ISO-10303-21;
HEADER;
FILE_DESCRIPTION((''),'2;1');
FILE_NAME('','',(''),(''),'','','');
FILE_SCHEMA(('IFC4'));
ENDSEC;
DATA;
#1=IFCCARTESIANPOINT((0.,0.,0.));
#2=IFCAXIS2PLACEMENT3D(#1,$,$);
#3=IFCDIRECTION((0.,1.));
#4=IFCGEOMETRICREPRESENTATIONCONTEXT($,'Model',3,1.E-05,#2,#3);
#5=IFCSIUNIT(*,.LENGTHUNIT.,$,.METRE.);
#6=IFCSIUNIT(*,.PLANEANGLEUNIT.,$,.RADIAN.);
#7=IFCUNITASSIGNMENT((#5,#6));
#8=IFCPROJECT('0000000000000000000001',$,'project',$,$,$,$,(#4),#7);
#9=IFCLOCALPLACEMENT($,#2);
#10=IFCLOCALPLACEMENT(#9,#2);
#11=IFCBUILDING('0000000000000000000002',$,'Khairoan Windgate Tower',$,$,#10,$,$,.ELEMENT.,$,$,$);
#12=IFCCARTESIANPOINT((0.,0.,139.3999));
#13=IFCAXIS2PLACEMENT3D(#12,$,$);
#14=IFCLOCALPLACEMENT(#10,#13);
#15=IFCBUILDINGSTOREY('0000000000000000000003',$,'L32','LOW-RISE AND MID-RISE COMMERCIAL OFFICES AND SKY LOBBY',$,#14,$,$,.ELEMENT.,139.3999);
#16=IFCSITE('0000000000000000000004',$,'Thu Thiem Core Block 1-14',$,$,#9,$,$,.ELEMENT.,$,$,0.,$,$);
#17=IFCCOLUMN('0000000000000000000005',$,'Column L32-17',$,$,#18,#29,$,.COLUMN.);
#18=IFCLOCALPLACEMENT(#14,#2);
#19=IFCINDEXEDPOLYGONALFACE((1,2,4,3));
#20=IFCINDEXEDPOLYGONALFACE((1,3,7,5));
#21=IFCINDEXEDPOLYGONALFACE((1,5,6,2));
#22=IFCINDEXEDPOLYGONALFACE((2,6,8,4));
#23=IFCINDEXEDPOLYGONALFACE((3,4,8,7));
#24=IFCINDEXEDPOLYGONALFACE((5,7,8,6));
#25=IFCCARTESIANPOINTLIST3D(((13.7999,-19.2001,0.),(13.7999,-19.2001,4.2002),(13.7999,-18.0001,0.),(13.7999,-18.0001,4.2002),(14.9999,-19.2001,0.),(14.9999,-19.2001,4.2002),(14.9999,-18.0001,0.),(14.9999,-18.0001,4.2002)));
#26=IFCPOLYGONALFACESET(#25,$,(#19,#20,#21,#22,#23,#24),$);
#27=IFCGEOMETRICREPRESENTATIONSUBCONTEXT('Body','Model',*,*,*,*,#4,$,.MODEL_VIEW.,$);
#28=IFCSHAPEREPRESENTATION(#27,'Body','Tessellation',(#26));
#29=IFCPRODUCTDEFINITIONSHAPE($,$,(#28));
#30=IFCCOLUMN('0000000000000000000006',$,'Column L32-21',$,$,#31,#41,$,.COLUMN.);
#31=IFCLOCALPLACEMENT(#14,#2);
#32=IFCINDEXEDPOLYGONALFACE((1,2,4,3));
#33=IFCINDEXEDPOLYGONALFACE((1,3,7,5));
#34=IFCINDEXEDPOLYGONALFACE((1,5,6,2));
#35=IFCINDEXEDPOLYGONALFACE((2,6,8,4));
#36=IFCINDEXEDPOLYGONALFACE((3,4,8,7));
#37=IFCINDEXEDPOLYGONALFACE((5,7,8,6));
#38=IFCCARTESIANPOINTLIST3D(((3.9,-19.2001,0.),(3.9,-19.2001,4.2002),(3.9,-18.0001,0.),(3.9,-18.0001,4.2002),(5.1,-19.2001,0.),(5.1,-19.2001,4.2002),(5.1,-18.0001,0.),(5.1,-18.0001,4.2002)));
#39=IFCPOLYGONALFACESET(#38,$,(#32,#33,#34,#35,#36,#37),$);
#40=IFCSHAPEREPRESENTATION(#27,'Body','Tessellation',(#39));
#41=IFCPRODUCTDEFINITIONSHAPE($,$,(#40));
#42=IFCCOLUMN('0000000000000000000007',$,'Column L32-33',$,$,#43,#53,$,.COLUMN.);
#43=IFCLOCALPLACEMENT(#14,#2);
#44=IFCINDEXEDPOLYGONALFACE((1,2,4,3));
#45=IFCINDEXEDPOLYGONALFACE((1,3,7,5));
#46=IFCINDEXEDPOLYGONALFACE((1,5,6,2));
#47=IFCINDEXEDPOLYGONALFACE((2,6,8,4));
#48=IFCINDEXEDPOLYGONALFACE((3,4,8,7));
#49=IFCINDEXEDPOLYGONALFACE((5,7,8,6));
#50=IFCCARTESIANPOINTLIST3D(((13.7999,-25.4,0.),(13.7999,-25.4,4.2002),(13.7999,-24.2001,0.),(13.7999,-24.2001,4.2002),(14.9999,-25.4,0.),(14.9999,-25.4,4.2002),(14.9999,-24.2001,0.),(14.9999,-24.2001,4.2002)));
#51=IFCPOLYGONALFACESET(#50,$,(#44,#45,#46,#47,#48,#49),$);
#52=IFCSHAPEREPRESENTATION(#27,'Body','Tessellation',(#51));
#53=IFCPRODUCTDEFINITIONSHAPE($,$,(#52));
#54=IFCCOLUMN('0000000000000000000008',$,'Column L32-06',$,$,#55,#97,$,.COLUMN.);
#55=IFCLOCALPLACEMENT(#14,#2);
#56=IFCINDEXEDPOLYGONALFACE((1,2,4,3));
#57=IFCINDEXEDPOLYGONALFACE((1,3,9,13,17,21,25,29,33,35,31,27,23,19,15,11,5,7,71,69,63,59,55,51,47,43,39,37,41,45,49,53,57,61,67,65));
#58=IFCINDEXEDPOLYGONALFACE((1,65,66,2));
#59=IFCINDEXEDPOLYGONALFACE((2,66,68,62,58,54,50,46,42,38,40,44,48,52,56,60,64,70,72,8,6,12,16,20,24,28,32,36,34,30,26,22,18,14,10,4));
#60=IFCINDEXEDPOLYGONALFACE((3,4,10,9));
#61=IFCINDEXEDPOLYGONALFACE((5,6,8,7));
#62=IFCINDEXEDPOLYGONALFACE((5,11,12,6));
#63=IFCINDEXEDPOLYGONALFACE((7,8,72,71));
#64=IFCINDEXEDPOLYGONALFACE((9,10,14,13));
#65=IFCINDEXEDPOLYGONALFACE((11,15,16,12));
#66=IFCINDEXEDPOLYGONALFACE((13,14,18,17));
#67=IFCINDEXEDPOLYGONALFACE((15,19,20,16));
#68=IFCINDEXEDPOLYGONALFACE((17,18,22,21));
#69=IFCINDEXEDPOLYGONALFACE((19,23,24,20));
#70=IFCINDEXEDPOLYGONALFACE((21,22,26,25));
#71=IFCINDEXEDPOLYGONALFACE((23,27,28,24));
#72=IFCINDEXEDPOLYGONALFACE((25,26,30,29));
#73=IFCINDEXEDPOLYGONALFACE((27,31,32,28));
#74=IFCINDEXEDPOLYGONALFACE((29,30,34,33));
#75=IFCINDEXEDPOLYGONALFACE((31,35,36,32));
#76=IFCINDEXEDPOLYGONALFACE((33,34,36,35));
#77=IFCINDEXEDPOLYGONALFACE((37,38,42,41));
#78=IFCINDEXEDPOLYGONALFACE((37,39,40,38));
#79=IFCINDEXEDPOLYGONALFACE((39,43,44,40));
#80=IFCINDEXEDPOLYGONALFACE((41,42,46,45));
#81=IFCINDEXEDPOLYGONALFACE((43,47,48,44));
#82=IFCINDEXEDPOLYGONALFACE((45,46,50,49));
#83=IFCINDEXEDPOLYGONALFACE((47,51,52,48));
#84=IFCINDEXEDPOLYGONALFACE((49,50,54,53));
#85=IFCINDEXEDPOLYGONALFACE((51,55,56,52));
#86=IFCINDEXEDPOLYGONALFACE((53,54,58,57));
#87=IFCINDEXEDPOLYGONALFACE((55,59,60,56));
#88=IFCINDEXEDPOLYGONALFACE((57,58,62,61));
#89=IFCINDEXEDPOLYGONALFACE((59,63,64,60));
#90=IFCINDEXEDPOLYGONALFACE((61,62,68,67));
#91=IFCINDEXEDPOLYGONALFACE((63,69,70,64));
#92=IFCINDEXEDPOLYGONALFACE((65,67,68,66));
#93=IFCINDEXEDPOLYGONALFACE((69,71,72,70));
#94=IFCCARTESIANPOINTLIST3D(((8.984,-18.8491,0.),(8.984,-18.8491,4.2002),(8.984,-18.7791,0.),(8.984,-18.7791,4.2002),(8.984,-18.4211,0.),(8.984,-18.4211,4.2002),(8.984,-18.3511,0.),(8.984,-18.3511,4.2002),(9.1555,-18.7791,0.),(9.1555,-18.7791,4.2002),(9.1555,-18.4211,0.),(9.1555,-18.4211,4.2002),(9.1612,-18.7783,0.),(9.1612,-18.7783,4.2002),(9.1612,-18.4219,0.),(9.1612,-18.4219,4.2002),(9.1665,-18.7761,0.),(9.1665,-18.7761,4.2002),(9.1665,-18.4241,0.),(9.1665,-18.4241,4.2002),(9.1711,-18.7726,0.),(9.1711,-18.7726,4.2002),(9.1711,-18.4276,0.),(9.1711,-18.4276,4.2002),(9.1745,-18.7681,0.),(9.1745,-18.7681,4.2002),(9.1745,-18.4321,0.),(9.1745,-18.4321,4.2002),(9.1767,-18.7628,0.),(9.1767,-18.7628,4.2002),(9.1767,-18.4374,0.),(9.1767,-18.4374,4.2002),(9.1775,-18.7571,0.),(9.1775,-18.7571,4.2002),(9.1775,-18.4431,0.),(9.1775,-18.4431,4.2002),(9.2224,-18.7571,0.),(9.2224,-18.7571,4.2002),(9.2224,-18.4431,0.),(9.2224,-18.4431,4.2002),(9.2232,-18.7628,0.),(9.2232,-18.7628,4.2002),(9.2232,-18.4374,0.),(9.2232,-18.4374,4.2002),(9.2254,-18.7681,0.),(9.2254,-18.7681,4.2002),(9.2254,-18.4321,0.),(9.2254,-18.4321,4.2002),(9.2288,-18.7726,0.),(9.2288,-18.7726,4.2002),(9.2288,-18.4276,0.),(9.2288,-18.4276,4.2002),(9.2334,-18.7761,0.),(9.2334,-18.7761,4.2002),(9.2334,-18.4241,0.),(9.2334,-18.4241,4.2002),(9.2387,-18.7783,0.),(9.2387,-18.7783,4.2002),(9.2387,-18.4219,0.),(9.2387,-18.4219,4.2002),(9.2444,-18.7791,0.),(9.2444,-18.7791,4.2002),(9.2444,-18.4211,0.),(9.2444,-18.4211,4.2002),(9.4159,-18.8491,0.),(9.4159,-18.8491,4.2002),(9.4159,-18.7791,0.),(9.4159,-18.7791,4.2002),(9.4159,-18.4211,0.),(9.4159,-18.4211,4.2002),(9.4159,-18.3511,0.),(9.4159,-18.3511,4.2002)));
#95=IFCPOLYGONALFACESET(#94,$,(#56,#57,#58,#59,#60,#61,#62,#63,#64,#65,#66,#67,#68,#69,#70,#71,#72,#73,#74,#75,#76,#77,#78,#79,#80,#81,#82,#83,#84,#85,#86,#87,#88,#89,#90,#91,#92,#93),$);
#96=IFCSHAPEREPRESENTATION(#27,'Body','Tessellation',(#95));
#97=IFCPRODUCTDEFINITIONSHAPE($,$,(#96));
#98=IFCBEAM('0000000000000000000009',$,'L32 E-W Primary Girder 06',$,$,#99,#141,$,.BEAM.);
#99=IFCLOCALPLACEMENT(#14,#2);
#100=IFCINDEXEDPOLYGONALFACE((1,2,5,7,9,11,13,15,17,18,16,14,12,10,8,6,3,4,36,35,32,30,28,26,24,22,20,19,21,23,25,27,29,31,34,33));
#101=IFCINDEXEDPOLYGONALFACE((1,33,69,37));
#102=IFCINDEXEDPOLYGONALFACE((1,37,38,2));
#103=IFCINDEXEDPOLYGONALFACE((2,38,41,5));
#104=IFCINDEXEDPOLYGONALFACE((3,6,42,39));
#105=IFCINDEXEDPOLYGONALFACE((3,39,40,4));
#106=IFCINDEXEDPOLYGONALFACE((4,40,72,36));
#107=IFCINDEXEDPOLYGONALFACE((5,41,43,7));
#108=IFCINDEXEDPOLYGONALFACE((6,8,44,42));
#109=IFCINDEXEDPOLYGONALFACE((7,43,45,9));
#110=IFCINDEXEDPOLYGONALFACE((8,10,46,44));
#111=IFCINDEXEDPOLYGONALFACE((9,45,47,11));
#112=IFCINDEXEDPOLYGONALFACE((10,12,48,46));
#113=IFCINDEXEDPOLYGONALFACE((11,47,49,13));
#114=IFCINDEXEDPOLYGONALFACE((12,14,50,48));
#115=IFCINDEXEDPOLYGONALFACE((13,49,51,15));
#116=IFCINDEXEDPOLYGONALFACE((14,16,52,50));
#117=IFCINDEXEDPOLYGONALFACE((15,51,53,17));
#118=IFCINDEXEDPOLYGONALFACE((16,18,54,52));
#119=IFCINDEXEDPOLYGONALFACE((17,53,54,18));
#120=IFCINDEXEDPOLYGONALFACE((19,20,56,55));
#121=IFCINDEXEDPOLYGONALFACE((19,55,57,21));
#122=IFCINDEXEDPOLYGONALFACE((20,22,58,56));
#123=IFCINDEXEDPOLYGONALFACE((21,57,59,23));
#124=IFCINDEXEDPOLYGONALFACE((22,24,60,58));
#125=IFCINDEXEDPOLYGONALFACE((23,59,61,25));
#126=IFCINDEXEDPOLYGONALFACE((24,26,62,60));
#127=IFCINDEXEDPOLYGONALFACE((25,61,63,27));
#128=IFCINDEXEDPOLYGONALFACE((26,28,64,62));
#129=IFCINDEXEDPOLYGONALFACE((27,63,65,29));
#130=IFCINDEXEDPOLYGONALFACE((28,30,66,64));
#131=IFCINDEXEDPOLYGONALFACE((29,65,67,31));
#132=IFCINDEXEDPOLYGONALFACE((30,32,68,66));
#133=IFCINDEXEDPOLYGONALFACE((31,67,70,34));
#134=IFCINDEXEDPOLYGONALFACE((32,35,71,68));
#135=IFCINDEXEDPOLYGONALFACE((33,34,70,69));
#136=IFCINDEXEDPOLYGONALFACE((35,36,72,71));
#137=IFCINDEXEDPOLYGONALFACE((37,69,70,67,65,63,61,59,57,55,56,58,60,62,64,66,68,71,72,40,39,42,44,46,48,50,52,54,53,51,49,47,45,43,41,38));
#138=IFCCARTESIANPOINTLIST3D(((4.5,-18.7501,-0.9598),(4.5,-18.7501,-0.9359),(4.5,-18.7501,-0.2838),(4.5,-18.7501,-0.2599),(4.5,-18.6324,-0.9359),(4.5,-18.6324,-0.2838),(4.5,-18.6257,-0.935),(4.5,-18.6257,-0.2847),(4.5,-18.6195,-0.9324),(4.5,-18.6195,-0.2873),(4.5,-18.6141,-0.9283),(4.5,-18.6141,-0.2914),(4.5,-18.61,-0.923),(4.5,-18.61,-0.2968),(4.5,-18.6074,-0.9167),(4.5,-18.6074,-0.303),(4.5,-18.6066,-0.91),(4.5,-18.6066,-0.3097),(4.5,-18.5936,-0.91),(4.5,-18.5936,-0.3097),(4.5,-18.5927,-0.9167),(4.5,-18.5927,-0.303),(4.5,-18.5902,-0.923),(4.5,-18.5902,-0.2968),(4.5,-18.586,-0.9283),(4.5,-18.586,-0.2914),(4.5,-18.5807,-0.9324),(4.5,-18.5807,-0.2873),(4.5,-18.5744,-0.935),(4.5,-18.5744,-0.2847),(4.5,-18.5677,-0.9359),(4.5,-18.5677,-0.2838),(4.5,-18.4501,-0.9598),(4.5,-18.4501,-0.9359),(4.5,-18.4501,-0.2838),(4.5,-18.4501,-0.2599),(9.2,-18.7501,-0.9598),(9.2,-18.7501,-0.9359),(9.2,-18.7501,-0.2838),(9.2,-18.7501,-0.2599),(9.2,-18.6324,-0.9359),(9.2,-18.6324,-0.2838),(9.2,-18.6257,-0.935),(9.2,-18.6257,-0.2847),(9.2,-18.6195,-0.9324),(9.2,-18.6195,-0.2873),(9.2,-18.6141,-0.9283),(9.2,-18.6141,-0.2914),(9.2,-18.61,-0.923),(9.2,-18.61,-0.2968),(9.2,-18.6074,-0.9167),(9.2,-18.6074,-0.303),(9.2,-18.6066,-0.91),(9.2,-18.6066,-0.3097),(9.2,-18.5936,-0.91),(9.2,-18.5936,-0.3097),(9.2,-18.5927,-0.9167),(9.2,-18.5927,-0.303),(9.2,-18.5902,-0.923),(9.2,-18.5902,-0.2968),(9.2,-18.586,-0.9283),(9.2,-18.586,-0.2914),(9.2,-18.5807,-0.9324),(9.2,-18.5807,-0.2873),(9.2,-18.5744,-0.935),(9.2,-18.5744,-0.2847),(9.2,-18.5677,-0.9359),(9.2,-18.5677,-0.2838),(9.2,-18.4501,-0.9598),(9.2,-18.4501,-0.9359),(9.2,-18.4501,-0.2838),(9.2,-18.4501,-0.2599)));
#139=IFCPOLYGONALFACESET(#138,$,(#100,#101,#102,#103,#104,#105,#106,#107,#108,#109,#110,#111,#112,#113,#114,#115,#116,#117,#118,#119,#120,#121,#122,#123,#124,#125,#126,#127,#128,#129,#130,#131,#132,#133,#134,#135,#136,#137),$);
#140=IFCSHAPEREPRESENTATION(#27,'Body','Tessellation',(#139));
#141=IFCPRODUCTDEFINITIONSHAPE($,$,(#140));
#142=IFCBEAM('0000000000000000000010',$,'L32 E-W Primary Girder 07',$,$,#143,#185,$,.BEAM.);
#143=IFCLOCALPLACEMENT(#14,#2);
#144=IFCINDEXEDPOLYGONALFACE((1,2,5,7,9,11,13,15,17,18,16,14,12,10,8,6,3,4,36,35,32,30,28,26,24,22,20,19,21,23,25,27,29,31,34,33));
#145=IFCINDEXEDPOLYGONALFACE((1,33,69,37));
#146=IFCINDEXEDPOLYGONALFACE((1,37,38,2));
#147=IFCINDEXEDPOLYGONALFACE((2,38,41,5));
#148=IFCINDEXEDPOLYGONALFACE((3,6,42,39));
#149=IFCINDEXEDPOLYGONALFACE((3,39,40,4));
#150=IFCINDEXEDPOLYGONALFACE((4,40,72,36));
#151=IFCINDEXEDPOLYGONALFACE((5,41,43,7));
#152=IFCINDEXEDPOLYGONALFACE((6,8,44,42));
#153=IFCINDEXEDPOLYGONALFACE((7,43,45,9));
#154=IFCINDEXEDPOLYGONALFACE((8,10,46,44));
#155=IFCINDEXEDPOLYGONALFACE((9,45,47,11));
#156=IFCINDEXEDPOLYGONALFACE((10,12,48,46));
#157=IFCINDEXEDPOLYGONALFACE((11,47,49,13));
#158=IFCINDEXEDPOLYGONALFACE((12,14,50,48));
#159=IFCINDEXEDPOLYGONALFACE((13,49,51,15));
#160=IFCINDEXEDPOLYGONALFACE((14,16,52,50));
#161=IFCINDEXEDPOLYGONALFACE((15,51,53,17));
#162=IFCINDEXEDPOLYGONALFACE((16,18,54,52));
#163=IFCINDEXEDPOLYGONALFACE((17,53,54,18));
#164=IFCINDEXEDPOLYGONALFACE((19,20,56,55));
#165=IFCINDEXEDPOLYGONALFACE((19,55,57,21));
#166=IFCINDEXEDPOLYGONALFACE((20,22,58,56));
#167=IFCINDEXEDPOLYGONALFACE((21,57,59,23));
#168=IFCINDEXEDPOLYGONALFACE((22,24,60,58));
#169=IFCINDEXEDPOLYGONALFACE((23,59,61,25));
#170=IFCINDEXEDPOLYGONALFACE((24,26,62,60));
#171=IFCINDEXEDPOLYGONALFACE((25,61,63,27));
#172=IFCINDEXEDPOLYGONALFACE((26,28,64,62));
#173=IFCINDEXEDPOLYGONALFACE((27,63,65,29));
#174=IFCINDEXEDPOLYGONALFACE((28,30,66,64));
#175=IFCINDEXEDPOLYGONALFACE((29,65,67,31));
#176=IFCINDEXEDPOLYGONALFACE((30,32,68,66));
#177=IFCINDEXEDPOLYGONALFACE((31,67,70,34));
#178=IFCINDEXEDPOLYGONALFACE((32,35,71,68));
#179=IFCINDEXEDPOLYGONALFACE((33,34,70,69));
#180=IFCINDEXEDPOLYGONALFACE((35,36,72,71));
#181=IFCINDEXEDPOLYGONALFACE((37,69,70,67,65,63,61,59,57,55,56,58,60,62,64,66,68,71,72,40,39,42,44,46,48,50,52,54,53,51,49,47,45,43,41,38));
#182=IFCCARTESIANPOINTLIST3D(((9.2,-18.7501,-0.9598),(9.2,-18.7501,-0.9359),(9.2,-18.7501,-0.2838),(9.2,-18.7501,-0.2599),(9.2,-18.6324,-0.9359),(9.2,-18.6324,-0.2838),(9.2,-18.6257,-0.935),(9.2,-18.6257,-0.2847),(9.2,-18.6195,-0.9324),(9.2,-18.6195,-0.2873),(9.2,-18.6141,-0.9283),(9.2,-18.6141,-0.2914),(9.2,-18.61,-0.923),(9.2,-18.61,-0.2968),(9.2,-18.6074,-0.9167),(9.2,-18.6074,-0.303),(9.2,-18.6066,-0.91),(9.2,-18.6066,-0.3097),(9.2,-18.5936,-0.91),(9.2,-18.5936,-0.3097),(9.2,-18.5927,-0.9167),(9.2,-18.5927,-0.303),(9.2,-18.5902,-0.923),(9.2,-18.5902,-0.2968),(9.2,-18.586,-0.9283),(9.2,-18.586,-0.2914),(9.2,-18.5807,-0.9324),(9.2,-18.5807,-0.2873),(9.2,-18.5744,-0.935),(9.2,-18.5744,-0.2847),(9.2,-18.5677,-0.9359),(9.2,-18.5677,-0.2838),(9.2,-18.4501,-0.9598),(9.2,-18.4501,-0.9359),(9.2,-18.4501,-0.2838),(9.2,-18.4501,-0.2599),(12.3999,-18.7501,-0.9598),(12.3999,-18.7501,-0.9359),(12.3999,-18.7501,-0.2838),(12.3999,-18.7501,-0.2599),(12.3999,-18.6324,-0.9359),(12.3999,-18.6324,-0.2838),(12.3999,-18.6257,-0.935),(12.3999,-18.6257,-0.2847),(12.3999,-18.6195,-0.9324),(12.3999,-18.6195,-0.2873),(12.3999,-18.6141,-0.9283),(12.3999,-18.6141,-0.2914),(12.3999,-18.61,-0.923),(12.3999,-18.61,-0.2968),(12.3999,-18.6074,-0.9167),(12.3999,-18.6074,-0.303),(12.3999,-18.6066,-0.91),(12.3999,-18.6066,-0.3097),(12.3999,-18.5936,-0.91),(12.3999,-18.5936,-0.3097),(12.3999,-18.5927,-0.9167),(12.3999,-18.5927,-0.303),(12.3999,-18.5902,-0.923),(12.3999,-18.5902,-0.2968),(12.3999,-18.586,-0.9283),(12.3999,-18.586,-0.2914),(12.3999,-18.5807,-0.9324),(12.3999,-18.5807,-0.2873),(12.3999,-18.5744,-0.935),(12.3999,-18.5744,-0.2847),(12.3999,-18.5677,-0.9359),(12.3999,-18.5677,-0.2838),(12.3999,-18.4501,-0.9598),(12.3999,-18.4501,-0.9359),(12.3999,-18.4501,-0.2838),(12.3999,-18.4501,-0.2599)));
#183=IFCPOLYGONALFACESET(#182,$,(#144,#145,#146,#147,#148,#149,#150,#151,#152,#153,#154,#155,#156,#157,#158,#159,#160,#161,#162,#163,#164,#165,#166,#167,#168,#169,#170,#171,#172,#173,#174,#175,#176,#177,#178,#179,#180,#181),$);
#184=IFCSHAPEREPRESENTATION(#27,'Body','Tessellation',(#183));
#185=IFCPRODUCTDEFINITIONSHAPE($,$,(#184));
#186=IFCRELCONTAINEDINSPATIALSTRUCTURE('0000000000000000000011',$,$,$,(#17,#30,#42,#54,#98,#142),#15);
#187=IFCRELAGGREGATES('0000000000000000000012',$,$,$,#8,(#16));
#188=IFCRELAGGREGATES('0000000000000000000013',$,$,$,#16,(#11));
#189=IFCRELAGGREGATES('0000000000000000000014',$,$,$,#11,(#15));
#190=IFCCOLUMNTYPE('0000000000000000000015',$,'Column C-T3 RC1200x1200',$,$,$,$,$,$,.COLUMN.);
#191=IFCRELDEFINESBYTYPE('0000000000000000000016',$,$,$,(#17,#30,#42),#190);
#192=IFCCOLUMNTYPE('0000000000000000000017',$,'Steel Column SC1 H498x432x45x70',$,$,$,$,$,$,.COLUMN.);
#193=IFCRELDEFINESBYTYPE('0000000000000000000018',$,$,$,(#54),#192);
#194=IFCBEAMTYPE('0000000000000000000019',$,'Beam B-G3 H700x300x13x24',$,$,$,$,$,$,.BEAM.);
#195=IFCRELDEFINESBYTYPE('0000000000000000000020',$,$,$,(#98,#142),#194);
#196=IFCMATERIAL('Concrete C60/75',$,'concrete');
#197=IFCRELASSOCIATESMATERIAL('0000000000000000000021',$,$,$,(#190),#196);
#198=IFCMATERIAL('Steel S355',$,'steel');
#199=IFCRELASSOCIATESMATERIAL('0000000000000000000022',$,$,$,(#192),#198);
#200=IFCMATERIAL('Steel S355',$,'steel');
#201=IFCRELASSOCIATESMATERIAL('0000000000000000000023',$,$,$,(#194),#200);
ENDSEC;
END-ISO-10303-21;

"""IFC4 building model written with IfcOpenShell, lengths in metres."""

from ifc_helpers import new_model, si_unit, direction, frame, origin, origin_2d, place, context, subcontext, project, spatial, rectangle, i_section, extrude, material, material_profile, profile_set, type_object, element, save


model = new_model("IFC4")

# Units and contexts
model_context = context("Model", 3, precision=1e-05, world=origin(), true_north=direction((0.0, 1.0)))
body_context = subcontext(model_context, "Body", "Model", "MODEL_VIEW")
ifc_project = project(units=[si_unit("LENGTHUNIT", "METRE"), si_unit("PLANEANGLEUNIT", "RADIAN")], contexts=[model_context])

# Site, building, storey
site_placement = place(None, origin())
site = spatial("IfcSite", under=ifc_project, at=site_placement, Name="Thu Thiem Core Block 1-14", CompositionType="ELEMENT", RefElevation=0.0)
building_placement = place(site_placement, origin())
building = spatial("IfcBuilding", under=site, at=building_placement, Name="Khairoan Windgate Tower", CompositionType="ELEMENT")
storey_placement = place(building_placement, frame((0.0, 0.0, 139.3999)))
storey = spatial("IfcBuildingStorey", under=building, at=storey_placement, Name="L32", Description="LOW-RISE AND MID-RISE COMMERCIAL OFFICES AND SKY LOBBY", CompositionType="ELEMENT", Elevation=139.3999)

# Columns
ifc_material_1 = material(Name="Concrete C60/75", Category="concrete")
ifc_material_profile_1 = material_profile(ifc_material_1, rectangle(XDim=1.2, YDim=1.2, at=origin_2d()))
ifc_profile_set_1 = profile_set([ifc_material_profile_1], Name="Concrete C60/75")
column_type_1 = type_object("IfcColumnType", Name="Column C-T3 RC1200x1200", PredefinedType="COLUMN", material=ifc_profile_set_1)
for number, where, z_axis, x_axis, name in (
    (1, (14.3999, -18.6001, 0.0), (0.0, 0.0, 1.0), (1.0, 0.0, 0.0), "Column L32-17"),
    (2, (4.5, -18.6001, 0.0), (0.0, 0.0, 1.0), (1.0, 0.0, 0.0), "Column L32-21"),
    (3, (14.3999, -24.8, 0.0), (0.0, 0.0, 1.0), (1.0, 0.0, 0.0), "Column L32-33"),
):
    element("IfcColumn", number, at=place(storey_placement, frame(where, z_axis=z_axis, x_axis=x_axis)), inside=storey, type_object=column_type_1, Name=name, PredefinedType="COLUMN", context=body_context, shape_type="SweptSolid", body=[
        extrude(rectangle(XDim=1.2, YDim=1.2, at=origin_2d()), origin(), (0.0, 0.0, 1.0), 4.2002),
    ])
ifc_material_2 = material(Name="Steel S355", Category="steel")
ifc_material_profile_2 = material_profile(ifc_material_2, i_section(OverallWidth=0.4319, OverallDepth=0.498, WebThickness=0.0449, FlangeThickness=0.0701, FilletRadius=0.022, at=origin_2d()))
ifc_profile_set_2 = profile_set([ifc_material_profile_2], Name="Steel S355")
column_type_2 = type_object("IfcColumnType", Name="Steel Column SC1 H498x432x45x70", PredefinedType="COLUMN", material=ifc_profile_set_2)
column_placement = place(storey_placement, frame((9.2, -18.6001, 0.0), z_axis=(0.0, 0.0, 1.0), x_axis=(1.0, 0.0, 0.0)))
element("IfcColumn", 4, at=column_placement, inside=storey, type_object=column_type_2, Name="Column L32-06", PredefinedType="COLUMN", context=body_context, shape_type="SweptSolid", body=[
    extrude(i_section(OverallWidth=0.4319, OverallDepth=0.498, WebThickness=0.0449, FlangeThickness=0.0701, FilletRadius=0.022, at=origin_2d()), origin(), (0.0, 0.0, 1.0), 4.2002),
])

# Beams
ifc_material_3 = material(Name="Steel S355", Category="steel")
ifc_material_profile_3 = material_profile(ifc_material_3, i_section(OverallWidth=0.3, OverallDepth=0.7, WebThickness=0.0129, FlangeThickness=0.0239, FilletRadius=0.0259, at=origin_2d()))
ifc_profile_set_3 = profile_set([ifc_material_profile_3], Name="Steel S355")
beam_type = type_object("IfcBeamType", Name="Beam B-G3 H700x300x13x24", PredefinedType="BEAM", material=ifc_profile_set_3)
beam_1_placement = place(storey_placement, frame((4.5, -18.6001, -0.6099), z_axis=(1.0, 0.0, 0.0), x_axis=(0.0, 1.0, 0.0)))
element("IfcBeam", 5, at=beam_1_placement, inside=storey, type_object=beam_type, Name="L32 E-W Primary Girder 06", PredefinedType="BEAM", context=body_context, shape_type="SweptSolid", body=[
    extrude(i_section(OverallWidth=0.3, OverallDepth=0.7, WebThickness=0.0129, FlangeThickness=0.0239, FilletRadius=0.0259, at=origin_2d()), origin(), (0.0, 0.0, 1.0), 4.7),
])
beam_2_placement = place(storey_placement, frame((9.2, -18.6001, -0.6099), z_axis=(1.0, 0.0, 0.0), x_axis=(0.0, 1.0, 0.0)))
element("IfcBeam", 6, at=beam_2_placement, inside=storey, type_object=beam_type, Name="L32 E-W Primary Girder 07", PredefinedType="BEAM", context=body_context, shape_type="SweptSolid", body=[
    extrude(i_section(OverallWidth=0.3, OverallDepth=0.7, WebThickness=0.0129, FlangeThickness=0.0239, FilletRadius=0.0259, at=origin_2d()), origin(), (0.0, 0.0, 1.0), 3.2),
])

save(model, "model.ifc")
